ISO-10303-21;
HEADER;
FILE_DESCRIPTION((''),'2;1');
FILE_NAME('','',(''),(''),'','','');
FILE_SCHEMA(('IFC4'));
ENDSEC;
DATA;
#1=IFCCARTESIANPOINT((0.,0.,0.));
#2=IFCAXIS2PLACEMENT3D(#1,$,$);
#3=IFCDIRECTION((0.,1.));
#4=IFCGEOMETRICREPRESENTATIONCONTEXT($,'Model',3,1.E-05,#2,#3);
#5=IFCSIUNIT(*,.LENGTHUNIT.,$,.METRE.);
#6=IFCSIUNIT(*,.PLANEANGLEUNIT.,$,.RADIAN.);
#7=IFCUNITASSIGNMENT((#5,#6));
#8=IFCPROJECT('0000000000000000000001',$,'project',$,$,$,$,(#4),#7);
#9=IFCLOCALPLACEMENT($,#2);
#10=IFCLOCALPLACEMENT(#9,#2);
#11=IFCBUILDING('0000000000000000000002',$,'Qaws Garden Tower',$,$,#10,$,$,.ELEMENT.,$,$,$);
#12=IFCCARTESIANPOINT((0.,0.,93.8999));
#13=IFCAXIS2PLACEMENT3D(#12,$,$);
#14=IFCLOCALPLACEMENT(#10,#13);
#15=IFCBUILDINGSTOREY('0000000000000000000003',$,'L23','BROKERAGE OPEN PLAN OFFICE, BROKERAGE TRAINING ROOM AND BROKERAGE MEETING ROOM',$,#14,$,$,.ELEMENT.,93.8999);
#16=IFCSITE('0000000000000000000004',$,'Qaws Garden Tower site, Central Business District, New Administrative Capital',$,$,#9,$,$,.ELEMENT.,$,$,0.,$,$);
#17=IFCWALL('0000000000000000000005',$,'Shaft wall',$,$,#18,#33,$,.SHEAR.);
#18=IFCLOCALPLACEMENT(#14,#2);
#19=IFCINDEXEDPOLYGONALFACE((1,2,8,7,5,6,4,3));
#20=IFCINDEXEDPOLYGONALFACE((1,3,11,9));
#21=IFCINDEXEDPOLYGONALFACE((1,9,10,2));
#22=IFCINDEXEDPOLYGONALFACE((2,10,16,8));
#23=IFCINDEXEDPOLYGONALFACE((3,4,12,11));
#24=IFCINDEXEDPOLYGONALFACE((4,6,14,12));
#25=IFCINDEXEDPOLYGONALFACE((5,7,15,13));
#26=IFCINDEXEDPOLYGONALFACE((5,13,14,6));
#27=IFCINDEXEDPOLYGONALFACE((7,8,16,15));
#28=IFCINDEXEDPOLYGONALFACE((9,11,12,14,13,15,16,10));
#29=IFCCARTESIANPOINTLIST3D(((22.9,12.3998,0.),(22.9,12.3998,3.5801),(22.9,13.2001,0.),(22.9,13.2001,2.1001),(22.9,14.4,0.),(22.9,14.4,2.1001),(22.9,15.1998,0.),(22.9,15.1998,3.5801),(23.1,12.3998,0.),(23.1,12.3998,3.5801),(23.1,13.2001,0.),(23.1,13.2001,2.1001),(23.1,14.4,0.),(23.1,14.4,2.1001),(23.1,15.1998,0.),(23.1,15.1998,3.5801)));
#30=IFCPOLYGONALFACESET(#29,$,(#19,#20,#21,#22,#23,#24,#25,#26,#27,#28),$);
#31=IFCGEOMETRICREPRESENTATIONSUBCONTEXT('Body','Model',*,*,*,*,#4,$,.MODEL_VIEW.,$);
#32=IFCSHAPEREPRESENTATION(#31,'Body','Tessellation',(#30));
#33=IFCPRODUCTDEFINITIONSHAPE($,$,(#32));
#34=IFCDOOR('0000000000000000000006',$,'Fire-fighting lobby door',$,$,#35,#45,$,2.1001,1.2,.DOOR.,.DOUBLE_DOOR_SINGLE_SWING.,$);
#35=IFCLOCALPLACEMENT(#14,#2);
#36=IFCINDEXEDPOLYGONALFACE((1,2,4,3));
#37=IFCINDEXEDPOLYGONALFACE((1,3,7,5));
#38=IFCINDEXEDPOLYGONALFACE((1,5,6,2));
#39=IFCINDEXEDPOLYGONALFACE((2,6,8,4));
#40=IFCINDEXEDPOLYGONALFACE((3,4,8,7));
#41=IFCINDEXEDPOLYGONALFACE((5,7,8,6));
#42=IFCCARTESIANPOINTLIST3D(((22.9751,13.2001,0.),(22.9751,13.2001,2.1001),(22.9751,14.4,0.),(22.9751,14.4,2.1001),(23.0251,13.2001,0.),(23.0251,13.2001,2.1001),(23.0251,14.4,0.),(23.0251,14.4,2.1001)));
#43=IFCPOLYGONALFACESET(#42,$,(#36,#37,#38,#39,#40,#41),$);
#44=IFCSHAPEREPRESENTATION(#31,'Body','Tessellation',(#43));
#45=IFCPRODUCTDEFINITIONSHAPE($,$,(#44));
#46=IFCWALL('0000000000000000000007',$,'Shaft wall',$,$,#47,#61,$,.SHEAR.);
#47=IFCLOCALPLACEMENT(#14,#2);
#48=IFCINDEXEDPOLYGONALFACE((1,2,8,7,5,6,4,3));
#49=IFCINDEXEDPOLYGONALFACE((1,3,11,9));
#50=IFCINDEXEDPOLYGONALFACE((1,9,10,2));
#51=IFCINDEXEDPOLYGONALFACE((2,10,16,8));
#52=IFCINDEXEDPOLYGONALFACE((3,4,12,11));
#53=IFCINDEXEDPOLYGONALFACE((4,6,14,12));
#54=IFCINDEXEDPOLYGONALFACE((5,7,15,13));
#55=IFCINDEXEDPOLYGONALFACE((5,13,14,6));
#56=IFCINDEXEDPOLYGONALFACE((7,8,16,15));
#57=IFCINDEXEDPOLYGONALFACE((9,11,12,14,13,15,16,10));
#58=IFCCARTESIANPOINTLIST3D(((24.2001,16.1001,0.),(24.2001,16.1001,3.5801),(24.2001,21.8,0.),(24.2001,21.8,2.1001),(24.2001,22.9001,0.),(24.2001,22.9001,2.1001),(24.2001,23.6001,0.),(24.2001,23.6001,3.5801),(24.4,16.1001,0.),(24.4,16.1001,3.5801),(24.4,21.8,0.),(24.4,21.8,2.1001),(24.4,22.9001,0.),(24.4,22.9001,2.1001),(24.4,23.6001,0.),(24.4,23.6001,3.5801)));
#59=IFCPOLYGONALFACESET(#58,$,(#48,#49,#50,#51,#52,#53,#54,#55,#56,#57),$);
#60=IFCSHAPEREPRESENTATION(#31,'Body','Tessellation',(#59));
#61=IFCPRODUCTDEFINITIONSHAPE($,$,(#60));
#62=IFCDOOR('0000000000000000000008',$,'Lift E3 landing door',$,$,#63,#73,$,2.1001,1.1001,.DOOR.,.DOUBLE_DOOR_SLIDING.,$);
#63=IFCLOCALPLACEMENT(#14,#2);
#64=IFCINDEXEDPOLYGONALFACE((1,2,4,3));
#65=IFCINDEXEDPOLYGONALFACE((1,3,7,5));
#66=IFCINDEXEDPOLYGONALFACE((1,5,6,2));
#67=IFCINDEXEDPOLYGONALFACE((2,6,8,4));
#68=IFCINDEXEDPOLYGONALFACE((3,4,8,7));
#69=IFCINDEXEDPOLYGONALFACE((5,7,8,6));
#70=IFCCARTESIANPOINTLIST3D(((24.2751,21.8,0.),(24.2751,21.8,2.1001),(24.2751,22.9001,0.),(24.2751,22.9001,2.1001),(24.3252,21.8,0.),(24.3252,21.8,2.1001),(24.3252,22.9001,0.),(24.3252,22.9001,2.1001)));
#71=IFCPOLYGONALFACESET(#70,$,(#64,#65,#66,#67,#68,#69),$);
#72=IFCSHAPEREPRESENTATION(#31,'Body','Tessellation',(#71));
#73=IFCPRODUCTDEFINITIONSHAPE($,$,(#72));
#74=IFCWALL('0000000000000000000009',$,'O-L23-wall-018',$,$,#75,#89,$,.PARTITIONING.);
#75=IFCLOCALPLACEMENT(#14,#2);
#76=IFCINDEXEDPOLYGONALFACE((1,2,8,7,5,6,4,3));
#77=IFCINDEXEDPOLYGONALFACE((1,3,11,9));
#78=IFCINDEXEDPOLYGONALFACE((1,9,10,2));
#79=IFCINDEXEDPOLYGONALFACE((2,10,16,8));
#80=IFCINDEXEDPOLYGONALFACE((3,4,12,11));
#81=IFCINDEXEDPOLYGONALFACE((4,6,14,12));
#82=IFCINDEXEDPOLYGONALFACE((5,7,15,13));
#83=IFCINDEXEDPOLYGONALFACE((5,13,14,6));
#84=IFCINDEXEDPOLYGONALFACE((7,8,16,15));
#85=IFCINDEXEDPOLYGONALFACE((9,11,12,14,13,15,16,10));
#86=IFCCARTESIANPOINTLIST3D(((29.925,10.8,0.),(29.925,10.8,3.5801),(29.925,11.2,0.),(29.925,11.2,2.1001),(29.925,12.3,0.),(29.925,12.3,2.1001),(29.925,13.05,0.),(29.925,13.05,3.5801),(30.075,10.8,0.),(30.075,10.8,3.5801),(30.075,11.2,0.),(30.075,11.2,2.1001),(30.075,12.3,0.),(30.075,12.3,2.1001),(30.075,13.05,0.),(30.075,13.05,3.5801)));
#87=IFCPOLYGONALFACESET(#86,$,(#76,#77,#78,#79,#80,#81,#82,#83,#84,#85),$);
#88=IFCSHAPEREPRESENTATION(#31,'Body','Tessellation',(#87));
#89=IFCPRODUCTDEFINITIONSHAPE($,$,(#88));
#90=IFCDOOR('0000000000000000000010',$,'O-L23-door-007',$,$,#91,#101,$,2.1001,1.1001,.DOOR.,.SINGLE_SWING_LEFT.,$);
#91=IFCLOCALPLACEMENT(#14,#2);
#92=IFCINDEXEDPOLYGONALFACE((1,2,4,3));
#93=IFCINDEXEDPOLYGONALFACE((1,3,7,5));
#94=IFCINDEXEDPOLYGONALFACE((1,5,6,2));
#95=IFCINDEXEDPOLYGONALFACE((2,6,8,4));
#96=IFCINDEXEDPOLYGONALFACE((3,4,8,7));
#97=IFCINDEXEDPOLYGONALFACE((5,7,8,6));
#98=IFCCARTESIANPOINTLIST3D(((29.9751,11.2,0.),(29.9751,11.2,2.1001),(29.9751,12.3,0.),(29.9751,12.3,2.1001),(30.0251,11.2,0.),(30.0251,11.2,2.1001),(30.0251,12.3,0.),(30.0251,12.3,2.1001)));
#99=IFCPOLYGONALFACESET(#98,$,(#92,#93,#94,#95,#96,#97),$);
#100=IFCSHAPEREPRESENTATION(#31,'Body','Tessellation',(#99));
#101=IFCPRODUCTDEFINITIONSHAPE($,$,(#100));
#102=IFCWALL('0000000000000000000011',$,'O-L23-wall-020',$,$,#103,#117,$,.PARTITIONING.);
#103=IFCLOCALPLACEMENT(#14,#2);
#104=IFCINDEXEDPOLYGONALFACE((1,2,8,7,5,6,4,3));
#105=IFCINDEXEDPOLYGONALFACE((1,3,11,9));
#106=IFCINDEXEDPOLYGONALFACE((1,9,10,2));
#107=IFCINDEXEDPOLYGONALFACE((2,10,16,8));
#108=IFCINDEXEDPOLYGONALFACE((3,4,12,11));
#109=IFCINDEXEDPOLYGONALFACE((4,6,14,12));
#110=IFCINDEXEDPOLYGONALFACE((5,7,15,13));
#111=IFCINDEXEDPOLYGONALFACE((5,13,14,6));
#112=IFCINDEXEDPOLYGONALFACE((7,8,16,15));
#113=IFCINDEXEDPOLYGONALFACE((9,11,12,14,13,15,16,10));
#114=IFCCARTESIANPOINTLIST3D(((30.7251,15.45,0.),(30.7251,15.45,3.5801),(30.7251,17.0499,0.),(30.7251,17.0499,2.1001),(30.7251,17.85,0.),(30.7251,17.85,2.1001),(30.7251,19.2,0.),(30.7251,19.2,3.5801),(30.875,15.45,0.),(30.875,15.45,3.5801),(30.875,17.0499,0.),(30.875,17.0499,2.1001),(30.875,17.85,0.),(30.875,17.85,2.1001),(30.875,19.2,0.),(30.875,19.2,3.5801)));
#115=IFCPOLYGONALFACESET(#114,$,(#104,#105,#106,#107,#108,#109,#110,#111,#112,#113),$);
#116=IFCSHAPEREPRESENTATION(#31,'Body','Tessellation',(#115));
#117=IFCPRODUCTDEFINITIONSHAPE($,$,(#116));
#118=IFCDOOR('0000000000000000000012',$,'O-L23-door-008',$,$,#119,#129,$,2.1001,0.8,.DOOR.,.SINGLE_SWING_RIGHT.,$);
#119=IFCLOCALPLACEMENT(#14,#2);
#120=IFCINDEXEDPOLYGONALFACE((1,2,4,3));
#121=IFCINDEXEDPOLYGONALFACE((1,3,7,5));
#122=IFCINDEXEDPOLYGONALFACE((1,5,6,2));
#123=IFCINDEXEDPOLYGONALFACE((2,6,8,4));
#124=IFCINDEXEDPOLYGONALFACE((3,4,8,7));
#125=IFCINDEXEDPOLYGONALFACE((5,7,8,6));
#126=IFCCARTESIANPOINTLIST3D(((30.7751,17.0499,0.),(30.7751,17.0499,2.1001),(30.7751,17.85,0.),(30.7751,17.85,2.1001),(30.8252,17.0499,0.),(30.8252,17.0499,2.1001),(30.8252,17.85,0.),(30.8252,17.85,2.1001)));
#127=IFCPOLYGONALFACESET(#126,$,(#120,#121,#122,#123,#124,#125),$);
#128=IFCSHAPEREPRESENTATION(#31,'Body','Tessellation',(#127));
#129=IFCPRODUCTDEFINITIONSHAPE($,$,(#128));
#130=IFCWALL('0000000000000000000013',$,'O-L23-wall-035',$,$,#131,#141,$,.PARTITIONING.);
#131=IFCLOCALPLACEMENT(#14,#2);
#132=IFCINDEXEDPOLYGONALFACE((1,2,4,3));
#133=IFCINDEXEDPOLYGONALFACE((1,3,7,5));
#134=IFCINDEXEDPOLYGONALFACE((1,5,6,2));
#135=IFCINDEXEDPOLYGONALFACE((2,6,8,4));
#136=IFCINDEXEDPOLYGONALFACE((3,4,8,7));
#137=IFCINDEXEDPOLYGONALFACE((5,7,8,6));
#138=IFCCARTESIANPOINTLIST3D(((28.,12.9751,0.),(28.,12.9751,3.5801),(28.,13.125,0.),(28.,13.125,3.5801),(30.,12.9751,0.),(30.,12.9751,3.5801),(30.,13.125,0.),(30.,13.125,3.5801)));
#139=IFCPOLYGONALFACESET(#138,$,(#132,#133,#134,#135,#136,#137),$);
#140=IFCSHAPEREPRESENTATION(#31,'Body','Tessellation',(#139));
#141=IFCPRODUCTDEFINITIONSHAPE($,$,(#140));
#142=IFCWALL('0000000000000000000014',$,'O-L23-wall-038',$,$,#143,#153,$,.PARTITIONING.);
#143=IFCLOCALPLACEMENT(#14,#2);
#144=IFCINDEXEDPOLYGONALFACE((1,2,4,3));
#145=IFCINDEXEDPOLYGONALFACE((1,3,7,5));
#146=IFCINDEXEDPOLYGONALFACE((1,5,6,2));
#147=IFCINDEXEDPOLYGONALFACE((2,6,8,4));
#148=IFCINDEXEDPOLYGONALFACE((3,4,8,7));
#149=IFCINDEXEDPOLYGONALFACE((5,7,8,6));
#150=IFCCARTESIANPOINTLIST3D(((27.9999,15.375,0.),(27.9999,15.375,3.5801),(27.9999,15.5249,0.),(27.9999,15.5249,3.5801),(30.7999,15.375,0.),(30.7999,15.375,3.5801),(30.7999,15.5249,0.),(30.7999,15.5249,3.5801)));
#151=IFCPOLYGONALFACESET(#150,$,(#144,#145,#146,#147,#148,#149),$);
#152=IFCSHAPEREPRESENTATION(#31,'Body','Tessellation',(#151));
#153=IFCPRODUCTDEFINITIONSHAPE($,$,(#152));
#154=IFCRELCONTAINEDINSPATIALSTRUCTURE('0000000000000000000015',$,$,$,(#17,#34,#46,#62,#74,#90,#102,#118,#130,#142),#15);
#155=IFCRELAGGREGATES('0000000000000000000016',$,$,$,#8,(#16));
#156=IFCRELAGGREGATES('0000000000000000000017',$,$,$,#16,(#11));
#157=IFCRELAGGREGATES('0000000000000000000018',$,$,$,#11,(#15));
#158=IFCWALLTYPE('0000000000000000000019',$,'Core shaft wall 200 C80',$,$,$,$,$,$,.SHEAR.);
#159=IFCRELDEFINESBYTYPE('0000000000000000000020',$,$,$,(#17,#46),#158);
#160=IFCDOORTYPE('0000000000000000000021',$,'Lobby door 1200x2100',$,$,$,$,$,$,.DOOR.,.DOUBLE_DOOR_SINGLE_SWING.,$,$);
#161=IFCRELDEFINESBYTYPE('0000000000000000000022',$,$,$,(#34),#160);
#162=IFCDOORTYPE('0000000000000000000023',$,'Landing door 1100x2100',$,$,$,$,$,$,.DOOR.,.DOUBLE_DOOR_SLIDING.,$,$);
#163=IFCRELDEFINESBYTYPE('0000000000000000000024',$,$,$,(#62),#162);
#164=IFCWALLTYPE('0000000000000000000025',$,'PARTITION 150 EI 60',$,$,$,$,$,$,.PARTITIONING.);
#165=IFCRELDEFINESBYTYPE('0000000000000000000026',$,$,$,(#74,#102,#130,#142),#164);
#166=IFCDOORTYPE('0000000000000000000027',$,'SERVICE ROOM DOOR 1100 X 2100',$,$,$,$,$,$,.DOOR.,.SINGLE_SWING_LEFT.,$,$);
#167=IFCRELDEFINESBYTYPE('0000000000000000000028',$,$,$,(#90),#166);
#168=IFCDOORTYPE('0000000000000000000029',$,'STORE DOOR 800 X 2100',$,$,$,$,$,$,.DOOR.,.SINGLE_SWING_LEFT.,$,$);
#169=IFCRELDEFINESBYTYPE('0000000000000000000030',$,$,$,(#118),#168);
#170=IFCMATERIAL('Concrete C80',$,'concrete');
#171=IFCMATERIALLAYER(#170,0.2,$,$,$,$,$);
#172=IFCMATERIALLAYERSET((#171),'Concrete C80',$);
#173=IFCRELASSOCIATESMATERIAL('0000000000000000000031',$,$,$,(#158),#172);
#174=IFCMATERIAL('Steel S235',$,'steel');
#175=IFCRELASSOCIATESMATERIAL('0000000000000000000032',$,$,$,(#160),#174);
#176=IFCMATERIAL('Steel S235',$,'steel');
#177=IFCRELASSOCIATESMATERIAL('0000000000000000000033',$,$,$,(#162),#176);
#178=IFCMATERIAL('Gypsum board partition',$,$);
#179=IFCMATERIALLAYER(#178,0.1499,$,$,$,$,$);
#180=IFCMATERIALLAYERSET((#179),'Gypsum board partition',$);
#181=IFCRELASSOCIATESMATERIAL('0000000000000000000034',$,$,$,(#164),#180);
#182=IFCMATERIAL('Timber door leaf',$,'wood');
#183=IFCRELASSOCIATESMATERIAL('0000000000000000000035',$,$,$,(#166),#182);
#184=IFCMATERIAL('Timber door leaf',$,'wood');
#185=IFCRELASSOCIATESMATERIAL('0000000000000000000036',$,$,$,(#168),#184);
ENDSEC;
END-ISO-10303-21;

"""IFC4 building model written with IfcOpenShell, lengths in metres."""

from ifc_helpers import new_model, si_unit, direction, frame, frame_2d, origin, place, context, subcontext, project, spatial, rectangle, extrude, material, layer, layer_set, type_object, element, fill, save


model = new_model("IFC4")

# Units and contexts
model_context = context("Model", 3, precision=1e-05, world=origin(), true_north=direction((0.0, 1.0)))
body_context = subcontext(model_context, "Body", "Model", "MODEL_VIEW")
ifc_project = project(units=[si_unit("LENGTHUNIT", "METRE"), si_unit("PLANEANGLEUNIT", "RADIAN")], contexts=[model_context])

# Site, building, storey
site_placement = place(None, origin())
site = spatial("IfcSite", under=ifc_project, at=site_placement, Name="Qaws Garden Tower site, Central Business District, New Administrative Capital", CompositionType="ELEMENT", RefElevation=0.0)
building_placement = place(site_placement, origin())
building = spatial("IfcBuilding", under=site, at=building_placement, Name="Qaws Garden Tower", CompositionType="ELEMENT")
storey_placement = place(building_placement, frame((0.0, 0.0, 93.8999)))
storey = spatial("IfcBuildingStorey", under=building, at=storey_placement, Name="L23", Description="BROKERAGE OPEN PLAN OFFICE, BROKERAGE TRAINING ROOM AND BROKERAGE MEETING ROOM", CompositionType="ELEMENT", Elevation=93.8999)

# Shared definitions
ifc_material_1 = material(Name="Concrete C80", Category="concrete")
ifc_layer_1 = layer(ifc_material_1, 0.2)
ifc_layer_set_1 = layer_set([ifc_layer_1], Name="Concrete C80")
wall_type_1 = type_object("IfcWallType", Name="Core shaft wall 200 C80", PredefinedType="SHEAR", material=ifc_layer_set_1)

# Walls, openings, doors
wall_1_placement = place(storey_placement, frame((23.0, 12.3999, 0.0), z_axis=(0.0, 0.0, 1.0), x_axis=(0.0, 1.0, 0.0)))
wall_1 = element("IfcWall", 1, at=wall_1_placement, inside=storey, type_object=wall_type_1, Name="Shaft wall", PredefinedType="SHEAR", context=body_context, shape_type="SweptSolid", body=[
    extrude(rectangle(XDim=2.8, YDim=0.2, at=frame_2d((1.3999, 0.0))), origin(), (0.0, 0.0, 1.0), 3.5801),
])
opening_1_placement = place(wall_1_placement, frame((0.8, 0.0, 0.0)))
opening_1 = element("IfcOpeningElement", 2, at=opening_1_placement, cuts=wall_1, PredefinedType="OPENING", context=body_context, shape_type="SweptSolid", body=[
    extrude(rectangle(XDim=1.2, YDim=2.1001, at=frame_2d((0.6001, 1.05))), frame((0.0, 0.1099, 0.0), z_axis=(0.0, -1.0, 0.0), x_axis=(1.0, 0.0, 0.0)), (0.0, 0.0, 1.0), 0.22),
])
ifc_material_2 = material(Name="Steel S235", Category="steel")
door_type_1 = type_object("IfcDoorType", Name="Lobby door 1200x2100", OperationType="DOUBLE_DOOR_SINGLE_SWING", PredefinedType="DOOR", material=ifc_material_2)
door_1_placement = place(opening_1_placement, origin())
door_1 = element("IfcDoor", 3, at=door_1_placement, inside=storey, type_object=door_type_1, Name="Fire-fighting lobby door", OperationType="DOUBLE_DOOR_SINGLE_SWING", OverallHeight=2.1001, OverallWidth=1.2, PredefinedType="DOOR", context=body_context, shape_type="SweptSolid", body=[
    extrude(rectangle(XDim=1.2, YDim=2.1001, at=frame_2d((0.6001, 1.05))), frame((0.0, 0.0249, 0.0), z_axis=(0.0, -1.0, 0.0), x_axis=(1.0, 0.0, 0.0)), (0.0, 0.0, 1.0), 0.05),
])
fill(opening_1, door_1)
wall_2_placement = place(storey_placement, frame((24.3, 16.1001, 0.0), z_axis=(0.0, 0.0, 1.0), x_axis=(0.0, 1.0, 0.0)))
wall_2 = element("IfcWall", 4, at=wall_2_placement, inside=storey, type_object=wall_type_1, Name="Shaft wall", PredefinedType="SHEAR", context=body_context, shape_type="SweptSolid", body=[
    extrude(rectangle(XDim=7.5, YDim=0.2, at=frame_2d((3.75, 0.0))), origin(), (0.0, 0.0, 1.0), 3.5801),
])
opening_2_placement = place(wall_2_placement, frame((5.7, 0.0, 0.0)))
opening_2 = element("IfcOpeningElement", 5, at=opening_2_placement, cuts=wall_2, PredefinedType="OPENING", context=body_context, shape_type="SweptSolid", body=[
    extrude(rectangle(XDim=1.1001, YDim=2.1001, at=frame_2d((0.55, 1.05))), frame((0.0, 0.1099, 0.0), z_axis=(0.0, -1.0, 0.0), x_axis=(1.0, 0.0, 0.0)), (0.0, 0.0, 1.0), 0.22),
])
ifc_material_3 = material(Name="Steel S235", Category="steel")
door_type_2 = type_object("IfcDoorType", Name="Landing door 1100x2100", OperationType="DOUBLE_DOOR_SLIDING", PredefinedType="DOOR", material=ifc_material_3)
door_2_placement = place(opening_2_placement, origin())
door_2 = element("IfcDoor", 6, at=door_2_placement, inside=storey, type_object=door_type_2, Name="Lift E3 landing door", OperationType="DOUBLE_DOOR_SLIDING", OverallHeight=2.1001, OverallWidth=1.1001, PredefinedType="DOOR", context=body_context, shape_type="SweptSolid", body=[
    extrude(rectangle(XDim=1.1001, YDim=2.1001, at=frame_2d((0.55, 1.05))), frame((0.0, 0.0249, 0.0), z_axis=(0.0, -1.0, 0.0), x_axis=(1.0, 0.0, 0.0)), (0.0, 0.0, 1.0), 0.05),
])
fill(opening_2, door_2)
ifc_material_4 = material(Name="Gypsum board partition")
ifc_layer_2 = layer(ifc_material_4, 0.1499)
ifc_layer_set_2 = layer_set([ifc_layer_2], Name="Gypsum board partition")
wall_type_2 = type_object("IfcWallType", Name="PARTITION 150 EI 60", PredefinedType="PARTITIONING", material=ifc_layer_set_2)
wall_3_placement = place(storey_placement, frame((30.0, 10.8, 0.0), z_axis=(0.0, 0.0, 1.0), x_axis=(0.0, 1.0, 0.0)))
wall_3 = element("IfcWall", 7, at=wall_3_placement, inside=storey, type_object=wall_type_2, Name="O-L23-wall-018", PredefinedType="PARTITIONING", context=body_context, shape_type="SweptSolid", body=[
    extrude(rectangle(XDim=2.25, YDim=0.1499, at=frame_2d((1.125, 0.0))), origin(), (0.0, 0.0, 1.0), 3.5801),
])
opening_3_placement = place(wall_3_placement, frame((0.3999, 0.0, 0.0)))
opening_3 = element("IfcOpeningElement", 8, at=opening_3_placement, cuts=wall_3, PredefinedType="OPENING", context=body_context, shape_type="SweptSolid", body=[
    extrude(rectangle(XDim=1.1001, YDim=2.1001, at=frame_2d((0.55, 1.05))), frame((0.0, 0.085, 0.0), z_axis=(0.0, -1.0, 0.0), x_axis=(1.0, 0.0, 0.0)), (0.0, 0.0, 1.0), 0.1699),
])
ifc_material_5 = material(Name="Timber door leaf", Category="wood")
door_type_3 = type_object("IfcDoorType", Name="SERVICE ROOM DOOR 1100 X 2100", OperationType="SINGLE_SWING_LEFT", PredefinedType="DOOR", material=ifc_material_5)
door_3_placement = place(opening_3_placement, origin())
door_3 = element("IfcDoor", 9, at=door_3_placement, inside=storey, type_object=door_type_3, Name="O-L23-door-007", OperationType="SINGLE_SWING_LEFT", OverallHeight=2.1001, OverallWidth=1.1001, PredefinedType="DOOR", context=body_context, shape_type="SweptSolid", body=[
    extrude(rectangle(XDim=1.1001, YDim=2.1001, at=frame_2d((0.55, 1.05))), frame((0.0, 0.0249, 0.0), z_axis=(0.0, -1.0, 0.0), x_axis=(1.0, 0.0, 0.0)), (0.0, 0.0, 1.0), 0.05),
])
fill(opening_3, door_3)
wall_4_placement = place(storey_placement, frame((30.8, 15.45, 0.0), z_axis=(0.0, 0.0, 1.0), x_axis=(0.0, 1.0, 0.0)))
wall_4 = element("IfcWall", 10, at=wall_4_placement, inside=storey, type_object=wall_type_2, Name="O-L23-wall-020", PredefinedType="PARTITIONING", context=body_context, shape_type="SweptSolid", body=[
    extrude(rectangle(XDim=3.75, YDim=0.1499, at=frame_2d((1.875, 0.0))), origin(), (0.0, 0.0, 1.0), 3.5801),
])
opening_4_placement = place(wall_4_placement, frame((1.6001, 0.0, 0.0)))
opening_4 = element("IfcOpeningElement", 11, at=opening_4_placement, cuts=wall_4, PredefinedType="OPENING", context=body_context, shape_type="SweptSolid", body=[
    extrude(rectangle(XDim=0.8, YDim=2.1001, at=frame_2d((0.3999, 1.05))), frame((0.0, 0.085, 0.0), z_axis=(0.0, -1.0, 0.0), x_axis=(1.0, 0.0, 0.0)), (0.0, 0.0, 1.0), 0.1699),
])
ifc_material_6 = material(Name="Timber door leaf", Category="wood")
door_type_4 = type_object("IfcDoorType", Name="STORE DOOR 800 X 2100", OperationType="SINGLE_SWING_LEFT", PredefinedType="DOOR", material=ifc_material_6)
door_4_placement = place(opening_4_placement, origin())
door_4 = element("IfcDoor", 12, at=door_4_placement, inside=storey, type_object=door_type_4, Name="O-L23-door-008", OperationType="SINGLE_SWING_RIGHT", OverallHeight=2.1001, OverallWidth=0.8, PredefinedType="DOOR", context=body_context, shape_type="SweptSolid", body=[
    extrude(rectangle(XDim=0.8, YDim=2.1001, at=frame_2d((0.3999, 1.05))), frame((0.0, 0.0249, 0.0), z_axis=(0.0, -1.0, 0.0), x_axis=(1.0, 0.0, 0.0)), (0.0, 0.0, 1.0), 0.05),
])
fill(opening_4, door_4)

# Walls
wall_5_placement = place(storey_placement, frame((28.0, 13.05, 0.0), z_axis=(0.0, 0.0, 1.0), x_axis=(1.0, 0.0, 0.0)))
element("IfcWall", 13, at=wall_5_placement, inside=storey, type_object=wall_type_2, Name="O-L23-wall-035", PredefinedType="PARTITIONING", context=body_context, shape_type="SweptSolid", body=[
    extrude(rectangle(XDim=2.0, YDim=0.1499, at=frame_2d((1.0, 0.0))), origin(), (0.0, 0.0, 1.0), 3.5801),
])
wall_6_placement = place(storey_placement, frame((28.0, 15.45, 0.0), z_axis=(0.0, 0.0, 1.0), x_axis=(1.0, 0.0, 0.0)))
element("IfcWall", 14, at=wall_6_placement, inside=storey, type_object=wall_type_2, Name="O-L23-wall-038", PredefinedType="PARTITIONING", context=body_context, shape_type="SweptSolid", body=[
    extrude(rectangle(XDim=2.8, YDim=0.1499, at=frame_2d((1.3999, 0.0))), origin(), (0.0, 0.0, 1.0), 3.5801),
])

save(model, "model.ifc")
